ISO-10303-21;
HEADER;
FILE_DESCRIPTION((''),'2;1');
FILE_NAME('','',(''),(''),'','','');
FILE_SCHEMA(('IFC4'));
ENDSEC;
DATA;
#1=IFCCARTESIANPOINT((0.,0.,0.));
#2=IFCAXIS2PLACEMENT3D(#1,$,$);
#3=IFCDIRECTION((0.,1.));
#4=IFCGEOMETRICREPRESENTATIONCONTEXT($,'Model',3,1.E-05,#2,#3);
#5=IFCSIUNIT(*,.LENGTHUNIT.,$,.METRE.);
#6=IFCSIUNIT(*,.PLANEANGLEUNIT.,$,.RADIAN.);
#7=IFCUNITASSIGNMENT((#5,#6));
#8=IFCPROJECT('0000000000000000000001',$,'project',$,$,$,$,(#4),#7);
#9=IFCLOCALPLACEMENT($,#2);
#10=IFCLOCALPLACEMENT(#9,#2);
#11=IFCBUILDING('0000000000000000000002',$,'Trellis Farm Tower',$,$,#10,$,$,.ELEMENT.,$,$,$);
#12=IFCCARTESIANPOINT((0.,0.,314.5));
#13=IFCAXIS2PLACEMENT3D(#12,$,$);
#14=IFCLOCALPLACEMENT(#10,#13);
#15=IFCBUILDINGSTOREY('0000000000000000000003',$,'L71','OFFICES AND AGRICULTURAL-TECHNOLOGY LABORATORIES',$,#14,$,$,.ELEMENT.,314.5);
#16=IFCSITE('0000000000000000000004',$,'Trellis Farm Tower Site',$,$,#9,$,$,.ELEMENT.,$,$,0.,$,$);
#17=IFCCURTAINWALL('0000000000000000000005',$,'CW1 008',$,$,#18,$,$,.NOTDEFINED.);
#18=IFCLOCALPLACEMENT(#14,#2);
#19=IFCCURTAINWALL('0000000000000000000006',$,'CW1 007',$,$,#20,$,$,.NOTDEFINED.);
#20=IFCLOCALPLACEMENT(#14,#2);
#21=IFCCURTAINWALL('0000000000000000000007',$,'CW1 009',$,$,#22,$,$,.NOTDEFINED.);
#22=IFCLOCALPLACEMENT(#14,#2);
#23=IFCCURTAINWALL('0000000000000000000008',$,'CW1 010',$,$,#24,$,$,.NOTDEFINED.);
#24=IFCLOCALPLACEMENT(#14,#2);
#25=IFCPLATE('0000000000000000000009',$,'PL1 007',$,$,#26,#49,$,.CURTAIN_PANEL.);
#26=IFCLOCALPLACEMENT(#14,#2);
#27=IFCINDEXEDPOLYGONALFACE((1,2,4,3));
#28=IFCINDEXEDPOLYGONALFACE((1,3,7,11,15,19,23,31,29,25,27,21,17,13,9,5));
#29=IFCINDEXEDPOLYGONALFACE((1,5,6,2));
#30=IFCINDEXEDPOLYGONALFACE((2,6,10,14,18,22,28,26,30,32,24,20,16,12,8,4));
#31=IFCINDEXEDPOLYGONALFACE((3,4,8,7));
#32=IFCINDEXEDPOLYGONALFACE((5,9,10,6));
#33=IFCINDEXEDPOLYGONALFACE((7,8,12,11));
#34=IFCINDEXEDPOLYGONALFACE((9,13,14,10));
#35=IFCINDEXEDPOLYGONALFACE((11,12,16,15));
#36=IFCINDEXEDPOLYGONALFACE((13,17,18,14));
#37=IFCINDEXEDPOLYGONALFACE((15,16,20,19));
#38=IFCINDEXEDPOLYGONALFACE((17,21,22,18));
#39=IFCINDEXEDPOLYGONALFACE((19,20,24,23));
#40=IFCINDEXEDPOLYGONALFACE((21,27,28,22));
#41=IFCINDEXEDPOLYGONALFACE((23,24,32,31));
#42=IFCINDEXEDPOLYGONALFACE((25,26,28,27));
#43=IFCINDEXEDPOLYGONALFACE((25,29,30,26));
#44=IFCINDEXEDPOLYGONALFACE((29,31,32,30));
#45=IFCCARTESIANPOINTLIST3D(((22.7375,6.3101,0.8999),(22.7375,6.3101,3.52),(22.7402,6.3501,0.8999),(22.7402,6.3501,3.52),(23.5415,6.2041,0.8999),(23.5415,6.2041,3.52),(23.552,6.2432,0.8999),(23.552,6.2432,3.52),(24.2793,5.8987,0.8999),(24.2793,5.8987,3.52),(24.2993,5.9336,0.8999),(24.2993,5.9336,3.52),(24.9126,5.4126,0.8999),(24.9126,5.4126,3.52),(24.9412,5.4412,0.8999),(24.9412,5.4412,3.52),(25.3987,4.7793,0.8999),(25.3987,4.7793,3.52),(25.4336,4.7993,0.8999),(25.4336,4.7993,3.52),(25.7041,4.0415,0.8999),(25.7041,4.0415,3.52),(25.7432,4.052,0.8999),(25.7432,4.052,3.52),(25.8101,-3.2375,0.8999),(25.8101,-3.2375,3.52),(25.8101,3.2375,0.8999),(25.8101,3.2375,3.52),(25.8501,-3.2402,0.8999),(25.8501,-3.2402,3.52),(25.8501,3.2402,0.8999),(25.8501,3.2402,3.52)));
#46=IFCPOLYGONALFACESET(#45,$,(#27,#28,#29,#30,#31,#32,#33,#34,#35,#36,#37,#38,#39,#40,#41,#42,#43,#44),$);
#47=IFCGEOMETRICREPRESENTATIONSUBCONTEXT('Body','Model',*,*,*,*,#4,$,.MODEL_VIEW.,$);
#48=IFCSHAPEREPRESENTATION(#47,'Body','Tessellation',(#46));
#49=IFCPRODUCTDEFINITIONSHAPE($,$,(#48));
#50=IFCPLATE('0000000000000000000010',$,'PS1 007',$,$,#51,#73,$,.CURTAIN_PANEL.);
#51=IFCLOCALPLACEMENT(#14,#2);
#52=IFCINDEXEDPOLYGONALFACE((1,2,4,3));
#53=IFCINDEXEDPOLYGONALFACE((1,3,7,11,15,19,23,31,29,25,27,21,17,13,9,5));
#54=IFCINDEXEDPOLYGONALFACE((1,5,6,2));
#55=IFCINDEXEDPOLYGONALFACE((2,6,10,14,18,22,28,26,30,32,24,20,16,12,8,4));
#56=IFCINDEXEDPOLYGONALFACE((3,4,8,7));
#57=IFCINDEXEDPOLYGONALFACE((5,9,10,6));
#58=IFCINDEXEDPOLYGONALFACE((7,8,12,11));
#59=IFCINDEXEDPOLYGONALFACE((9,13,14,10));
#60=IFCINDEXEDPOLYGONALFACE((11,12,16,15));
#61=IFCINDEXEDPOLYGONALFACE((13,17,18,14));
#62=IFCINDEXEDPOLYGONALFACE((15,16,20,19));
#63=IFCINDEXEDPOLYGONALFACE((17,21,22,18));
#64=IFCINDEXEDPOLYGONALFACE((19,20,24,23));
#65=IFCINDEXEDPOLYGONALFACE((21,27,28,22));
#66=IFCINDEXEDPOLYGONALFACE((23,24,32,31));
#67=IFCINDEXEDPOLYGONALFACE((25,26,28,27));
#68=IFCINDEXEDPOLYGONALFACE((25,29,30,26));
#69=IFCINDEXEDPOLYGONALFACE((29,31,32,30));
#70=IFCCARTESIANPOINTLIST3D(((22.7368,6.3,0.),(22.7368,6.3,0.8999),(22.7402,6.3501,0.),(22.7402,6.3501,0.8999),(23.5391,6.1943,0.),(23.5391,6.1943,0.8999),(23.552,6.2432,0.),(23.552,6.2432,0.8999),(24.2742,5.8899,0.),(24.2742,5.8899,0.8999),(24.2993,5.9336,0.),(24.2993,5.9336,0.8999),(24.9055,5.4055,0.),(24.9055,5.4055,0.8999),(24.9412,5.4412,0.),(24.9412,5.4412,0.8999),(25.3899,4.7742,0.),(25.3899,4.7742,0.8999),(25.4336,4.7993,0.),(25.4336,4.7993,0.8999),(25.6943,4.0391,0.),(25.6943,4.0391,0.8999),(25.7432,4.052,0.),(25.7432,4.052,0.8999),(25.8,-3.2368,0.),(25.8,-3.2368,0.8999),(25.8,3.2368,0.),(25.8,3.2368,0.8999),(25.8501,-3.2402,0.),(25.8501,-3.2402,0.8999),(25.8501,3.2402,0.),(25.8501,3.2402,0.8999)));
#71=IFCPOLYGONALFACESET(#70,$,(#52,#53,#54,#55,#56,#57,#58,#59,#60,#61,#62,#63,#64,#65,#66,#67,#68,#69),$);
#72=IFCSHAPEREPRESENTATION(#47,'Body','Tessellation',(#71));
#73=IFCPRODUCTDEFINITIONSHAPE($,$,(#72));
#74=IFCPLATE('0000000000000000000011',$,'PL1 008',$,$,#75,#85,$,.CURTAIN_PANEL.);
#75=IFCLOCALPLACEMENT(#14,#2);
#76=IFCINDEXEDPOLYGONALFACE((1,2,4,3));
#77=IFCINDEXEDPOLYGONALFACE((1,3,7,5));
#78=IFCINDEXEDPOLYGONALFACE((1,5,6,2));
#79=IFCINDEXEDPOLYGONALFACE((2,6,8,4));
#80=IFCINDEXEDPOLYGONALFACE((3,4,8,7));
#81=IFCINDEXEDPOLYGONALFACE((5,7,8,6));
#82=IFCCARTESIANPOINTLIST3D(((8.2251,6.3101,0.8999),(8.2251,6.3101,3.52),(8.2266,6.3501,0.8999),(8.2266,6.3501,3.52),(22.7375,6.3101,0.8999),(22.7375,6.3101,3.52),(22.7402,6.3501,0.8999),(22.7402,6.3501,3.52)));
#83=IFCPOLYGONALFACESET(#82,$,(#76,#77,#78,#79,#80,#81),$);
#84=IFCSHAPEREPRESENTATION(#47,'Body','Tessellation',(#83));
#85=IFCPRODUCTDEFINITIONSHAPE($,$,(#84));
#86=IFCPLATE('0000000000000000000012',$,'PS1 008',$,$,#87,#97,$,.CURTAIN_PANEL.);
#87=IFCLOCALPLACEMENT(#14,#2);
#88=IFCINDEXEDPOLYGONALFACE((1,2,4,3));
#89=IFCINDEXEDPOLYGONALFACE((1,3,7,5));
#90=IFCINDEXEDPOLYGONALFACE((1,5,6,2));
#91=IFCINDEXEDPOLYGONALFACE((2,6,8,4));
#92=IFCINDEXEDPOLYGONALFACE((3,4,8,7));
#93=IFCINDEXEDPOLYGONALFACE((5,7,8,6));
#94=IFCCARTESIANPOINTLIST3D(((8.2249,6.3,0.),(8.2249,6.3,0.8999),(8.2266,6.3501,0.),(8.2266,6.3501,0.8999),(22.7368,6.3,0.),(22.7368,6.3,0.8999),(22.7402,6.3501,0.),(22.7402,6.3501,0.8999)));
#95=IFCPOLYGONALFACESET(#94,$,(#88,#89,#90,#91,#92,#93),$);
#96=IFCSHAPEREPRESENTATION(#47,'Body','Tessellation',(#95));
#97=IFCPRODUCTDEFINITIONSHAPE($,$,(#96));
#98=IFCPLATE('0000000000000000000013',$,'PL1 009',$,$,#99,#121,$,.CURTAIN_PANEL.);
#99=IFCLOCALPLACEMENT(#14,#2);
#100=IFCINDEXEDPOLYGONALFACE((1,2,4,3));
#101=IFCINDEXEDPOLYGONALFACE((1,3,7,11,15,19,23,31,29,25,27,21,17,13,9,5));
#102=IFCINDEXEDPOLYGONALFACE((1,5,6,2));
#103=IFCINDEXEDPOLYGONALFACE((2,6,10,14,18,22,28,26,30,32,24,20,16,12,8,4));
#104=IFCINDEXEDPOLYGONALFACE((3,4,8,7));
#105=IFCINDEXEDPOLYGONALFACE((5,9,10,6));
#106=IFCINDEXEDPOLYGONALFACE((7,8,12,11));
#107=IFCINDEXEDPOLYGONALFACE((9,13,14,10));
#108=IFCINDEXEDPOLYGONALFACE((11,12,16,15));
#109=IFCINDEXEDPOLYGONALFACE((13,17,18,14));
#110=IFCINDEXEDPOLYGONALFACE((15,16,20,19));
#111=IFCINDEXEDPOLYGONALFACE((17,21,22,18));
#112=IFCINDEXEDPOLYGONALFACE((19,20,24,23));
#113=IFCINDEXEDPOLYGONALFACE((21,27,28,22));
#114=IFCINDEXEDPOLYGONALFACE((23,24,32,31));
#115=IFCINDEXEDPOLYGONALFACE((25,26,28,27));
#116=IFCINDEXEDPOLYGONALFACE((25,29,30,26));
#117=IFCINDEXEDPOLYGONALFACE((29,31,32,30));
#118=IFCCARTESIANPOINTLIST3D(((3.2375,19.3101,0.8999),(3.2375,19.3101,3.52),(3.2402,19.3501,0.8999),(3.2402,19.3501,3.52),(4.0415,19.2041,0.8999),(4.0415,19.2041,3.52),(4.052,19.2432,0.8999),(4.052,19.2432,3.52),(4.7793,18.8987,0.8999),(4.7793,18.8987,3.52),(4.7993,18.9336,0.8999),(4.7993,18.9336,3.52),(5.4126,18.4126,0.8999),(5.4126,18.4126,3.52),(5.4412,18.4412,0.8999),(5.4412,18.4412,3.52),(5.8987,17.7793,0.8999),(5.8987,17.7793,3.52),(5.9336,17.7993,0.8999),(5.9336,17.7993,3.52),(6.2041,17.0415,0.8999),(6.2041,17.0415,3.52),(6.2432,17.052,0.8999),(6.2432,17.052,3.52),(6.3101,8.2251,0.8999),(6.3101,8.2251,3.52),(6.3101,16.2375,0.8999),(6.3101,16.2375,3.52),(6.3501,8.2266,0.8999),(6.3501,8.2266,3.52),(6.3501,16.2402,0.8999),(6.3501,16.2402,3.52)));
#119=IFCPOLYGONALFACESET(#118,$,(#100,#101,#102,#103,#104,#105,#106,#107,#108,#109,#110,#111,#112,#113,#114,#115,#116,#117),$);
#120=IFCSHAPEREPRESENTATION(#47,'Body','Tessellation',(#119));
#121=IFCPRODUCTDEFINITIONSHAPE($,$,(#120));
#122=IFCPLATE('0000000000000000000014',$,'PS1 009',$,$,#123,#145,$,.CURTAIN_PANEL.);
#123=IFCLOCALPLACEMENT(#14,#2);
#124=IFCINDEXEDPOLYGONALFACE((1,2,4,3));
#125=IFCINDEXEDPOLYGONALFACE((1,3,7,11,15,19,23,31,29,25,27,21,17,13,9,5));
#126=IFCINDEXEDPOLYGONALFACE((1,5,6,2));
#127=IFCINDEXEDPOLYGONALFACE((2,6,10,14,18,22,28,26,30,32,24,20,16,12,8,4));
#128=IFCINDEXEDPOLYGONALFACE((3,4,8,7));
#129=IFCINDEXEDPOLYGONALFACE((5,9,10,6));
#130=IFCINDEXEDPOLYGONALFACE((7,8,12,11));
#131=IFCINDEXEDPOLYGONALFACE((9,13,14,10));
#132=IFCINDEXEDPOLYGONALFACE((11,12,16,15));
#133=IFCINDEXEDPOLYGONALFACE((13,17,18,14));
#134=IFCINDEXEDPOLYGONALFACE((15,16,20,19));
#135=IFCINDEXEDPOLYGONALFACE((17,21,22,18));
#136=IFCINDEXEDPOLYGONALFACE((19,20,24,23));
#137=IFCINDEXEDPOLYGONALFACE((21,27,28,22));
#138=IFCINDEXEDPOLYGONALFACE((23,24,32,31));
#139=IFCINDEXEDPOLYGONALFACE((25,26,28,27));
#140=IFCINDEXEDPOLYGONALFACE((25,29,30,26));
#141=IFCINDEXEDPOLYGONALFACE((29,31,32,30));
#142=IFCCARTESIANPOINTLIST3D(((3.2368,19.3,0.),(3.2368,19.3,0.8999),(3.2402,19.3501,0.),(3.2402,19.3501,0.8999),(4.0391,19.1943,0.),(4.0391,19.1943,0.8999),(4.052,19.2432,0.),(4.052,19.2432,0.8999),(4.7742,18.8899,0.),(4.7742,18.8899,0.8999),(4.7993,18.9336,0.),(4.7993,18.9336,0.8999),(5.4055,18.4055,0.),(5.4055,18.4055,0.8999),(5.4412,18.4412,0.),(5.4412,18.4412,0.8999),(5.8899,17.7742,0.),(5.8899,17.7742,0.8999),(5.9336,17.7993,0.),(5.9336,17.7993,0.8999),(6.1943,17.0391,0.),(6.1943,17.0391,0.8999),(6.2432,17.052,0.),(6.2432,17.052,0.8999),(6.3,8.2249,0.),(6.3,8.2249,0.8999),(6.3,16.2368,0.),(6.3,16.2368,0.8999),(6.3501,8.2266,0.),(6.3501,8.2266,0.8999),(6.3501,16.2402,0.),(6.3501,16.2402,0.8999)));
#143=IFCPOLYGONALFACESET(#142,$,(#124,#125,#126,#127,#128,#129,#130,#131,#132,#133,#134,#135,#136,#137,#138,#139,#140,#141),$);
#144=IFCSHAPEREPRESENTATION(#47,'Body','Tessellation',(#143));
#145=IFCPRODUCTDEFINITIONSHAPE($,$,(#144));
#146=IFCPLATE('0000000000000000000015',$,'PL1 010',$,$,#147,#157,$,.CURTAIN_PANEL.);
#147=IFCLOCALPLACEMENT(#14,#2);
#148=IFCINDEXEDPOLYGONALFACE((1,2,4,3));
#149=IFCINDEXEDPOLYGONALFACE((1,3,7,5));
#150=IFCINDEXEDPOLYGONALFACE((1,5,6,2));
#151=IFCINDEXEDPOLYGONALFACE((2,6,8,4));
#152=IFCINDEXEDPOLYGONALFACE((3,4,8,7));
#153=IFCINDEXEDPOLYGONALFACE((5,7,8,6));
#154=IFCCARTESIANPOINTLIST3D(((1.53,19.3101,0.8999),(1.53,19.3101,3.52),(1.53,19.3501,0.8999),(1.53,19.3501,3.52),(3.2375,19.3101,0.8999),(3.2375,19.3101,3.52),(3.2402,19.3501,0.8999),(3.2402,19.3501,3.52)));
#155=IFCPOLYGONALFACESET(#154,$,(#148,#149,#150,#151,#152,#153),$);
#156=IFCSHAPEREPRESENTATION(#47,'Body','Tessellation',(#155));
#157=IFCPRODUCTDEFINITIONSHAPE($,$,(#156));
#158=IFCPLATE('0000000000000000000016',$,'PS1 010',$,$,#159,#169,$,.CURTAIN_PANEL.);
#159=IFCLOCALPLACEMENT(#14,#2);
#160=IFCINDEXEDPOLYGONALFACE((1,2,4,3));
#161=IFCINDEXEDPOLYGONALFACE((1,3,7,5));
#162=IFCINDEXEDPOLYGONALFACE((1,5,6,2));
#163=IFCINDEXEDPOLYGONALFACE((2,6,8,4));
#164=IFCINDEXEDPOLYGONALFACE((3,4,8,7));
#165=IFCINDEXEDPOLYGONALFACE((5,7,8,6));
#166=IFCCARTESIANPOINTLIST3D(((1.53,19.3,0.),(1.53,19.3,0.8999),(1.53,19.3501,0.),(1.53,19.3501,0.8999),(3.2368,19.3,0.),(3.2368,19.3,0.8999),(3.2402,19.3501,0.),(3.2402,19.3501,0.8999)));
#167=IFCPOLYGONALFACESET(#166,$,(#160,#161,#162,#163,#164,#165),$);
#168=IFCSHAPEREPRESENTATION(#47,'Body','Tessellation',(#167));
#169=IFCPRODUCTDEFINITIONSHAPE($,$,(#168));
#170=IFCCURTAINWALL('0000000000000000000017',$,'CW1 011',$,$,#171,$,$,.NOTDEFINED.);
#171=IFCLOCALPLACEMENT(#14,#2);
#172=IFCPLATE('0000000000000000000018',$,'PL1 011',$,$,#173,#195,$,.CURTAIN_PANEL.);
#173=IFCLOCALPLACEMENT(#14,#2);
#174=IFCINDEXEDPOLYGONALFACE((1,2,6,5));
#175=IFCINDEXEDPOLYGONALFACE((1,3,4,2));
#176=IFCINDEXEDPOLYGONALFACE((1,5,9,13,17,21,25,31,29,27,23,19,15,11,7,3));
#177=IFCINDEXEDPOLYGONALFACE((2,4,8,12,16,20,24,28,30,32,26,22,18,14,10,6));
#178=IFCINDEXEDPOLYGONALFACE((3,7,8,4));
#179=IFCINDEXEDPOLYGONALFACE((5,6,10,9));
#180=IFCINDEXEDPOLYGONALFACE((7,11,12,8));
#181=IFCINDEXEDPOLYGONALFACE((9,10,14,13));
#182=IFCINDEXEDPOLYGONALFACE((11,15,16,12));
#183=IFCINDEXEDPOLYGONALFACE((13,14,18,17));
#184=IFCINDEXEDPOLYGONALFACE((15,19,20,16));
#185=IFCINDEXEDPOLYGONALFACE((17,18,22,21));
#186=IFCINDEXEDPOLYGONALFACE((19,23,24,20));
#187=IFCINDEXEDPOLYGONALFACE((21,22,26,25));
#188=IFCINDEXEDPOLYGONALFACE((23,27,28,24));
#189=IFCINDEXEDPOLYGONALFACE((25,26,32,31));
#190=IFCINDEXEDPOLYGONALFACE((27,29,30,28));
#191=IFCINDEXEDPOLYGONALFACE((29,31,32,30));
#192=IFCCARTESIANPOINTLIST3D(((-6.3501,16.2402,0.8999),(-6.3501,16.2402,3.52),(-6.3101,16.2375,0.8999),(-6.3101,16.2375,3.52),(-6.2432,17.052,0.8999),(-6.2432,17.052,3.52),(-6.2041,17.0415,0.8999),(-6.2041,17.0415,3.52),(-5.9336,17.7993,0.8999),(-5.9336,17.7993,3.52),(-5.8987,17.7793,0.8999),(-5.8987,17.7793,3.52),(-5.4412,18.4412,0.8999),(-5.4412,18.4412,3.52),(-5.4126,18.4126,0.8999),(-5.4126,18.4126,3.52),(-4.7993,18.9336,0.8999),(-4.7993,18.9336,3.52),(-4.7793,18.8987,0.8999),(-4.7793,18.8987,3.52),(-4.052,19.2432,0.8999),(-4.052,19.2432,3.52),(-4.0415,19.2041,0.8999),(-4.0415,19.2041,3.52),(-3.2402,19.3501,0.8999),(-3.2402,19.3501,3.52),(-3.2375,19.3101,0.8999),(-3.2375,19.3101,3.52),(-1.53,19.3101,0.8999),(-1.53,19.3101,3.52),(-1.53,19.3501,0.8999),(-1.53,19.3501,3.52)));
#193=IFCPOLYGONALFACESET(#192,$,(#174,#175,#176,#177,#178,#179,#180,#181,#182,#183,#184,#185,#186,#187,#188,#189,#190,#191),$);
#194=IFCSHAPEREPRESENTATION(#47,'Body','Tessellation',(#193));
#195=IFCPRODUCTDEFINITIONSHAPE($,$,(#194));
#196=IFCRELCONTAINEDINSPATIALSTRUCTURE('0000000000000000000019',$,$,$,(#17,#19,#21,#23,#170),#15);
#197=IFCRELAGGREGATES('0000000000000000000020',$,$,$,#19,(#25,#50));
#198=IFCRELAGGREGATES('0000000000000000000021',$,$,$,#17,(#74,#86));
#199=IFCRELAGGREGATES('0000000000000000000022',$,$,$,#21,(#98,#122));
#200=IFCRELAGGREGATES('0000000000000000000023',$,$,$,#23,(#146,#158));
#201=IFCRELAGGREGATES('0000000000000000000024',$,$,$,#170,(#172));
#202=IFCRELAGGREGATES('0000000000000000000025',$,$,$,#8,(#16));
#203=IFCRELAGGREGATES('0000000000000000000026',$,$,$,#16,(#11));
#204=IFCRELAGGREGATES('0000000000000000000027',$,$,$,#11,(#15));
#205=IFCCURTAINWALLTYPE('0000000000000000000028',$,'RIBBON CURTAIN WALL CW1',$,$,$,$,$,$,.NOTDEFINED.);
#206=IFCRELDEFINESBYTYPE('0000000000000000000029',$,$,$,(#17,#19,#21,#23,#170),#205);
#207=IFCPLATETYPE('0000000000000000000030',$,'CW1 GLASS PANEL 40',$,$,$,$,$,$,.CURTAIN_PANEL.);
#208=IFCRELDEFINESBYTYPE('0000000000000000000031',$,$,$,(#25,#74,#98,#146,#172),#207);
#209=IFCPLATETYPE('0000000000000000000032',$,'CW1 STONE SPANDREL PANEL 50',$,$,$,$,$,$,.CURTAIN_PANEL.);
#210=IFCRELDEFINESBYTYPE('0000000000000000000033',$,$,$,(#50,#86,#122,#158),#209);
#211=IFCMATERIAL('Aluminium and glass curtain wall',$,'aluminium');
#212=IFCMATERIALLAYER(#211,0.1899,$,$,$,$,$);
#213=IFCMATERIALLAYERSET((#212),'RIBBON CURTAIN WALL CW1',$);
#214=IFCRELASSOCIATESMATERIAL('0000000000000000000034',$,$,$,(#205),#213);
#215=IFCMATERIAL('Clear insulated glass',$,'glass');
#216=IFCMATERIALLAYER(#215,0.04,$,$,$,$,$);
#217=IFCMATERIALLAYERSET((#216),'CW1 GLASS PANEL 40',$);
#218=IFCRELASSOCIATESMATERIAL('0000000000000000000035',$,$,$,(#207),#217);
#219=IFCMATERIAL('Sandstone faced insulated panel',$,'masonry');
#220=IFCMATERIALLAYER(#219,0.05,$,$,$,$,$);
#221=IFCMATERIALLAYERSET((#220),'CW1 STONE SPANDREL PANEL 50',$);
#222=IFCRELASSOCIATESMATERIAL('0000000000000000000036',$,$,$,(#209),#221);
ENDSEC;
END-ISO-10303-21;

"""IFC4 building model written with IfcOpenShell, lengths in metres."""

from ifc_helpers import new_model, si_unit, direction, frame, origin, place, context, subcontext, project, spatial, polyline, outline, extrude, source, transform, mapped, material, layer, layer_set, type_object, element, aggregate, save


model = new_model("IFC4")

# Units and contexts
model_context = context("Model", 3, precision=1e-05, world=origin(), true_north=direction((0.0, 1.0)))
body_context = subcontext(model_context, "Body", "Model", "MODEL_VIEW")
ifc_project = project(units=[si_unit("LENGTHUNIT", "METRE"), si_unit("PLANEANGLEUNIT", "RADIAN")], contexts=[model_context])

# Site, building, storey
site_placement = place(None, origin())
site = spatial("IfcSite", under=ifc_project, at=site_placement, Name="Trellis Farm Tower Site", CompositionType="ELEMENT", RefElevation=0.0)
building_placement = place(site_placement, origin())
building = spatial("IfcBuilding", under=site, at=building_placement, Name="Trellis Farm Tower", CompositionType="ELEMENT")
storey_placement = place(building_placement, frame((0.0, 0.0, 314.5)))
storey = spatial("IfcBuildingStorey", under=building, at=storey_placement, Name="L71", Description="OFFICES AND AGRICULTURAL-TECHNOLOGY LABORATORIES", CompositionType="ELEMENT", Elevation=314.5)

# Curtain walls
ifc_material_1 = material(Name="Aluminium and glass curtain wall", Category="aluminium")
placement_1 = place(storey_placement, origin())
ifc_layer_1 = layer(ifc_material_1, 0.1899)
ifc_layer_set_1 = layer_set([ifc_layer_1], Name="RIBBON CURTAIN WALL CW1")
curtain_wall_type_1 = type_object("IfcCurtainWallType", Name="RIBBON CURTAIN WALL CW1", PredefinedType="NOTDEFINED", material=ifc_layer_set_1)
curtain_wall_1 = element("IfcCurtainWall", 1, at=placement_1, inside=storey, type_object=curtain_wall_type_1, Name="CW1 008", PredefinedType="NOTDEFINED")
curtain_wall_2 = element("IfcCurtainWall", 2, at=placement_1, inside=storey, type_object=curtain_wall_type_1, Name="CW1 007", PredefinedType="NOTDEFINED")
curtain_wall_3 = element("IfcCurtainWall", 3, at=placement_1, inside=storey, type_object=curtain_wall_type_1, Name="CW1 009", PredefinedType="NOTDEFINED")
curtain_wall_4 = element("IfcCurtainWall", 4, at=placement_1, inside=storey, type_object=curtain_wall_type_1, Name="CW1 010", PredefinedType="NOTDEFINED")

# Plates
ifc_material_2 = material(Name="Clear insulated glass", Category="glass")
ifc_layer_2 = layer(ifc_material_2, 0.04)
ifc_layer_set_2 = layer_set([ifc_layer_2], Name="CW1 GLASS PANEL 40")
plate_type_1 = type_object("IfcPlateType", Name="CW1 GLASS PANEL 40", PredefinedType="CURTAIN_PANEL", material=ifc_layer_set_2)
shared_shape_1 = source(origin(), body_context, "Body", "SweptSolid", [
    extrude(outline(polyline([(25.8501, -3.2402), (25.8501, 3.2402), (25.7432, 4.052), (25.4336, 4.7993), (24.9412, 5.4412), (24.2993, 5.9336), (23.552, 6.2432), (22.7402, 6.3501), (22.7375, 6.3101), (23.5415, 6.2041), (24.2793, 5.8987), (24.9126, 5.4126), (25.3987, 4.7793), (25.7041, 4.0415), (25.8101, 3.2375), (25.8101, -3.2375), (25.8501, -3.2402)])), origin(), (0.0, 0.0, 1.0), 2.6201),
])
placement_2 = place(storey_placement, frame((0.0, 0.0, 0.8999)))
plate_1 = element("IfcPlate", 5, at=placement_2, type_object=plate_type_1, Name="PL1 007", PredefinedType="CURTAIN_PANEL", context=body_context, shape_type="MappedRepresentation", body=[
    mapped(shared_shape_1, transform((0.0, 0.0, 0.0))),
])
ifc_material_3 = material(Name="Sandstone faced insulated panel", Category="masonry")
ifc_layer_3 = layer(ifc_material_3, 0.05)
ifc_layer_set_3 = layer_set([ifc_layer_3], Name="CW1 STONE SPANDREL PANEL 50")
plate_type_2 = type_object("IfcPlateType", Name="CW1 STONE SPANDREL PANEL 50", PredefinedType="CURTAIN_PANEL", material=ifc_layer_set_3)
shared_shape_2 = source(origin(), body_context, "Body", "SweptSolid", [
    extrude(outline(polyline([(25.8501, -3.2402), (25.8501, 3.2402), (25.7432, 4.052), (25.4336, 4.7993), (24.9412, 5.4412), (24.2993, 5.9336), (23.552, 6.2432), (22.7402, 6.3501), (22.7368, 6.3), (23.5391, 6.1943), (24.2742, 5.8899), (24.9055, 5.4055), (25.3899, 4.7742), (25.6943, 4.0391), (25.8, 3.2368), (25.8, -3.2368), (25.8501, -3.2402)])), origin(), (0.0, 0.0, 1.0), 0.8999),
])
plate_2 = element("IfcPlate", 6, at=placement_1, type_object=plate_type_2, Name="PS1 007", PredefinedType="CURTAIN_PANEL", context=body_context, shape_type="MappedRepresentation", body=[
    mapped(shared_shape_2, transform((0.0, 0.0, 0.0))),
])
aggregate(curtain_wall_2, [plate_1, plate_2])
shared_shape_3 = source(origin(), body_context, "Body", "SweptSolid", [
    extrude(outline(polyline([(22.7402, 6.3501), (8.2266, 6.3501), (8.2251, 6.3101), (22.7375, 6.3101), (22.7402, 6.3501)])), origin(), (0.0, 0.0, 1.0), 2.6201),
])
plate_3 = element("IfcPlate", 7, at=placement_2, type_object=plate_type_1, Name="PL1 008", PredefinedType="CURTAIN_PANEL", context=body_context, shape_type="MappedRepresentation", body=[
    mapped(shared_shape_3, transform((0.0, 0.0, 0.0))),
])
shared_shape_4 = source(origin(), body_context, "Body", "SweptSolid", [
    extrude(outline(polyline([(22.7402, 6.3501), (8.2266, 6.3501), (8.2249, 6.3), (22.7368, 6.3), (22.7402, 6.3501)])), origin(), (0.0, 0.0, 1.0), 0.8999),
])
plate_4 = element("IfcPlate", 8, at=placement_1, type_object=plate_type_2, Name="PS1 008", PredefinedType="CURTAIN_PANEL", context=body_context, shape_type="MappedRepresentation", body=[
    mapped(shared_shape_4, transform((0.0, 0.0, 0.0))),
])
aggregate(curtain_wall_1, [plate_3, plate_4])
shared_shape_5 = source(origin(), body_context, "Body", "SweptSolid", [
    extrude(outline(polyline([(6.3501, 8.2266), (6.3501, 16.2402), (6.2432, 17.052), (5.9336, 17.7993), (5.4412, 18.4412), (4.7993, 18.9336), (4.052, 19.2432), (3.2402, 19.3501), (3.2375, 19.3101), (4.0415, 19.2041), (4.7793, 18.8987), (5.4126, 18.4126), (5.8987, 17.7793), (6.2041, 17.0415), (6.3101, 16.2375), (6.3101, 8.2251), (6.3501, 8.2266)])), origin(), (0.0, 0.0, 1.0), 2.6201),
])
plate_5 = element("IfcPlate", 9, at=placement_2, type_object=plate_type_1, Name="PL1 009", PredefinedType="CURTAIN_PANEL", context=body_context, shape_type="MappedRepresentation", body=[
    mapped(shared_shape_5, transform((0.0, 0.0, 0.0))),
])
shared_shape_6 = source(origin(), body_context, "Body", "SweptSolid", [
    extrude(outline(polyline([(6.3501, 8.2266), (6.3501, 16.2402), (6.2432, 17.052), (5.9336, 17.7993), (5.4412, 18.4412), (4.7993, 18.9336), (4.052, 19.2432), (3.2402, 19.3501), (3.2368, 19.3), (4.0391, 19.1943), (4.7742, 18.8899), (5.4055, 18.4055), (5.8899, 17.7742), (6.1943, 17.0391), (6.3, 16.2368), (6.3, 8.2249), (6.3501, 8.2266)])), origin(), (0.0, 0.0, 1.0), 0.8999),
])
plate_6 = element("IfcPlate", 10, at=placement_1, type_object=plate_type_2, Name="PS1 009", PredefinedType="CURTAIN_PANEL", context=body_context, shape_type="MappedRepresentation", body=[
    mapped(shared_shape_6, transform((0.0, 0.0, 0.0))),
])
aggregate(curtain_wall_3, [plate_5, plate_6])
shared_shape_7 = source(origin(), body_context, "Body", "SweptSolid", [
    extrude(outline(polyline([(3.2402, 19.3501), (1.53, 19.3501), (1.53, 19.3101), (3.2375, 19.3101), (3.2402, 19.3501)])), origin(), (0.0, 0.0, 1.0), 2.6201),
])
plate_7 = element("IfcPlate", 11, at=placement_2, type_object=plate_type_1, Name="PL1 010", PredefinedType="CURTAIN_PANEL", context=body_context, shape_type="MappedRepresentation", body=[
    mapped(shared_shape_7, transform((0.0, 0.0, 0.0))),
])
shared_shape_8 = source(origin(), body_context, "Body", "SweptSolid", [
    extrude(outline(polyline([(3.2402, 19.3501), (1.53, 19.3501), (1.53, 19.3), (3.2368, 19.3), (3.2402, 19.3501)])), origin(), (0.0, 0.0, 1.0), 0.8999),
])
plate_8 = element("IfcPlate", 12, at=placement_1, type_object=plate_type_2, Name="PS1 010", PredefinedType="CURTAIN_PANEL", context=body_context, shape_type="MappedRepresentation", body=[
    mapped(shared_shape_8, transform((0.0, 0.0, 0.0))),
])
aggregate(curtain_wall_4, [plate_7, plate_8])

# Curtain wall, plate
curtain_wall_5 = element("IfcCurtainWall", 13, at=placement_1, inside=storey, type_object=curtain_wall_type_1, Name="CW1 011", PredefinedType="NOTDEFINED")
shared_shape_9 = source(origin(), body_context, "Body", "SweptSolid", [
    extrude(outline(polyline([(-1.53, 19.3501), (-3.2402, 19.3501), (-4.052, 19.2432), (-4.7993, 18.9336), (-5.4412, 18.4412), (-5.9336, 17.7993), (-6.2432, 17.052), (-6.3501, 16.2402), (-6.3101, 16.2375), (-6.2041, 17.0415), (-5.8987, 17.7793), (-5.4126, 18.4126), (-4.7793, 18.8987), (-4.0415, 19.2041), (-3.2375, 19.3101), (-1.53, 19.3101), (-1.53, 19.3501)])), origin(), (0.0, 0.0, 1.0), 2.6201),
])
plate_9 = element("IfcPlate", 14, at=placement_2, type_object=plate_type_1, Name="PL1 011", PredefinedType="CURTAIN_PANEL", context=body_context, shape_type="MappedRepresentation", body=[
    mapped(shared_shape_9, transform((0.0, 0.0, 0.0))),
])
aggregate(curtain_wall_5, [plate_9])

save(model, "model.ifc")
